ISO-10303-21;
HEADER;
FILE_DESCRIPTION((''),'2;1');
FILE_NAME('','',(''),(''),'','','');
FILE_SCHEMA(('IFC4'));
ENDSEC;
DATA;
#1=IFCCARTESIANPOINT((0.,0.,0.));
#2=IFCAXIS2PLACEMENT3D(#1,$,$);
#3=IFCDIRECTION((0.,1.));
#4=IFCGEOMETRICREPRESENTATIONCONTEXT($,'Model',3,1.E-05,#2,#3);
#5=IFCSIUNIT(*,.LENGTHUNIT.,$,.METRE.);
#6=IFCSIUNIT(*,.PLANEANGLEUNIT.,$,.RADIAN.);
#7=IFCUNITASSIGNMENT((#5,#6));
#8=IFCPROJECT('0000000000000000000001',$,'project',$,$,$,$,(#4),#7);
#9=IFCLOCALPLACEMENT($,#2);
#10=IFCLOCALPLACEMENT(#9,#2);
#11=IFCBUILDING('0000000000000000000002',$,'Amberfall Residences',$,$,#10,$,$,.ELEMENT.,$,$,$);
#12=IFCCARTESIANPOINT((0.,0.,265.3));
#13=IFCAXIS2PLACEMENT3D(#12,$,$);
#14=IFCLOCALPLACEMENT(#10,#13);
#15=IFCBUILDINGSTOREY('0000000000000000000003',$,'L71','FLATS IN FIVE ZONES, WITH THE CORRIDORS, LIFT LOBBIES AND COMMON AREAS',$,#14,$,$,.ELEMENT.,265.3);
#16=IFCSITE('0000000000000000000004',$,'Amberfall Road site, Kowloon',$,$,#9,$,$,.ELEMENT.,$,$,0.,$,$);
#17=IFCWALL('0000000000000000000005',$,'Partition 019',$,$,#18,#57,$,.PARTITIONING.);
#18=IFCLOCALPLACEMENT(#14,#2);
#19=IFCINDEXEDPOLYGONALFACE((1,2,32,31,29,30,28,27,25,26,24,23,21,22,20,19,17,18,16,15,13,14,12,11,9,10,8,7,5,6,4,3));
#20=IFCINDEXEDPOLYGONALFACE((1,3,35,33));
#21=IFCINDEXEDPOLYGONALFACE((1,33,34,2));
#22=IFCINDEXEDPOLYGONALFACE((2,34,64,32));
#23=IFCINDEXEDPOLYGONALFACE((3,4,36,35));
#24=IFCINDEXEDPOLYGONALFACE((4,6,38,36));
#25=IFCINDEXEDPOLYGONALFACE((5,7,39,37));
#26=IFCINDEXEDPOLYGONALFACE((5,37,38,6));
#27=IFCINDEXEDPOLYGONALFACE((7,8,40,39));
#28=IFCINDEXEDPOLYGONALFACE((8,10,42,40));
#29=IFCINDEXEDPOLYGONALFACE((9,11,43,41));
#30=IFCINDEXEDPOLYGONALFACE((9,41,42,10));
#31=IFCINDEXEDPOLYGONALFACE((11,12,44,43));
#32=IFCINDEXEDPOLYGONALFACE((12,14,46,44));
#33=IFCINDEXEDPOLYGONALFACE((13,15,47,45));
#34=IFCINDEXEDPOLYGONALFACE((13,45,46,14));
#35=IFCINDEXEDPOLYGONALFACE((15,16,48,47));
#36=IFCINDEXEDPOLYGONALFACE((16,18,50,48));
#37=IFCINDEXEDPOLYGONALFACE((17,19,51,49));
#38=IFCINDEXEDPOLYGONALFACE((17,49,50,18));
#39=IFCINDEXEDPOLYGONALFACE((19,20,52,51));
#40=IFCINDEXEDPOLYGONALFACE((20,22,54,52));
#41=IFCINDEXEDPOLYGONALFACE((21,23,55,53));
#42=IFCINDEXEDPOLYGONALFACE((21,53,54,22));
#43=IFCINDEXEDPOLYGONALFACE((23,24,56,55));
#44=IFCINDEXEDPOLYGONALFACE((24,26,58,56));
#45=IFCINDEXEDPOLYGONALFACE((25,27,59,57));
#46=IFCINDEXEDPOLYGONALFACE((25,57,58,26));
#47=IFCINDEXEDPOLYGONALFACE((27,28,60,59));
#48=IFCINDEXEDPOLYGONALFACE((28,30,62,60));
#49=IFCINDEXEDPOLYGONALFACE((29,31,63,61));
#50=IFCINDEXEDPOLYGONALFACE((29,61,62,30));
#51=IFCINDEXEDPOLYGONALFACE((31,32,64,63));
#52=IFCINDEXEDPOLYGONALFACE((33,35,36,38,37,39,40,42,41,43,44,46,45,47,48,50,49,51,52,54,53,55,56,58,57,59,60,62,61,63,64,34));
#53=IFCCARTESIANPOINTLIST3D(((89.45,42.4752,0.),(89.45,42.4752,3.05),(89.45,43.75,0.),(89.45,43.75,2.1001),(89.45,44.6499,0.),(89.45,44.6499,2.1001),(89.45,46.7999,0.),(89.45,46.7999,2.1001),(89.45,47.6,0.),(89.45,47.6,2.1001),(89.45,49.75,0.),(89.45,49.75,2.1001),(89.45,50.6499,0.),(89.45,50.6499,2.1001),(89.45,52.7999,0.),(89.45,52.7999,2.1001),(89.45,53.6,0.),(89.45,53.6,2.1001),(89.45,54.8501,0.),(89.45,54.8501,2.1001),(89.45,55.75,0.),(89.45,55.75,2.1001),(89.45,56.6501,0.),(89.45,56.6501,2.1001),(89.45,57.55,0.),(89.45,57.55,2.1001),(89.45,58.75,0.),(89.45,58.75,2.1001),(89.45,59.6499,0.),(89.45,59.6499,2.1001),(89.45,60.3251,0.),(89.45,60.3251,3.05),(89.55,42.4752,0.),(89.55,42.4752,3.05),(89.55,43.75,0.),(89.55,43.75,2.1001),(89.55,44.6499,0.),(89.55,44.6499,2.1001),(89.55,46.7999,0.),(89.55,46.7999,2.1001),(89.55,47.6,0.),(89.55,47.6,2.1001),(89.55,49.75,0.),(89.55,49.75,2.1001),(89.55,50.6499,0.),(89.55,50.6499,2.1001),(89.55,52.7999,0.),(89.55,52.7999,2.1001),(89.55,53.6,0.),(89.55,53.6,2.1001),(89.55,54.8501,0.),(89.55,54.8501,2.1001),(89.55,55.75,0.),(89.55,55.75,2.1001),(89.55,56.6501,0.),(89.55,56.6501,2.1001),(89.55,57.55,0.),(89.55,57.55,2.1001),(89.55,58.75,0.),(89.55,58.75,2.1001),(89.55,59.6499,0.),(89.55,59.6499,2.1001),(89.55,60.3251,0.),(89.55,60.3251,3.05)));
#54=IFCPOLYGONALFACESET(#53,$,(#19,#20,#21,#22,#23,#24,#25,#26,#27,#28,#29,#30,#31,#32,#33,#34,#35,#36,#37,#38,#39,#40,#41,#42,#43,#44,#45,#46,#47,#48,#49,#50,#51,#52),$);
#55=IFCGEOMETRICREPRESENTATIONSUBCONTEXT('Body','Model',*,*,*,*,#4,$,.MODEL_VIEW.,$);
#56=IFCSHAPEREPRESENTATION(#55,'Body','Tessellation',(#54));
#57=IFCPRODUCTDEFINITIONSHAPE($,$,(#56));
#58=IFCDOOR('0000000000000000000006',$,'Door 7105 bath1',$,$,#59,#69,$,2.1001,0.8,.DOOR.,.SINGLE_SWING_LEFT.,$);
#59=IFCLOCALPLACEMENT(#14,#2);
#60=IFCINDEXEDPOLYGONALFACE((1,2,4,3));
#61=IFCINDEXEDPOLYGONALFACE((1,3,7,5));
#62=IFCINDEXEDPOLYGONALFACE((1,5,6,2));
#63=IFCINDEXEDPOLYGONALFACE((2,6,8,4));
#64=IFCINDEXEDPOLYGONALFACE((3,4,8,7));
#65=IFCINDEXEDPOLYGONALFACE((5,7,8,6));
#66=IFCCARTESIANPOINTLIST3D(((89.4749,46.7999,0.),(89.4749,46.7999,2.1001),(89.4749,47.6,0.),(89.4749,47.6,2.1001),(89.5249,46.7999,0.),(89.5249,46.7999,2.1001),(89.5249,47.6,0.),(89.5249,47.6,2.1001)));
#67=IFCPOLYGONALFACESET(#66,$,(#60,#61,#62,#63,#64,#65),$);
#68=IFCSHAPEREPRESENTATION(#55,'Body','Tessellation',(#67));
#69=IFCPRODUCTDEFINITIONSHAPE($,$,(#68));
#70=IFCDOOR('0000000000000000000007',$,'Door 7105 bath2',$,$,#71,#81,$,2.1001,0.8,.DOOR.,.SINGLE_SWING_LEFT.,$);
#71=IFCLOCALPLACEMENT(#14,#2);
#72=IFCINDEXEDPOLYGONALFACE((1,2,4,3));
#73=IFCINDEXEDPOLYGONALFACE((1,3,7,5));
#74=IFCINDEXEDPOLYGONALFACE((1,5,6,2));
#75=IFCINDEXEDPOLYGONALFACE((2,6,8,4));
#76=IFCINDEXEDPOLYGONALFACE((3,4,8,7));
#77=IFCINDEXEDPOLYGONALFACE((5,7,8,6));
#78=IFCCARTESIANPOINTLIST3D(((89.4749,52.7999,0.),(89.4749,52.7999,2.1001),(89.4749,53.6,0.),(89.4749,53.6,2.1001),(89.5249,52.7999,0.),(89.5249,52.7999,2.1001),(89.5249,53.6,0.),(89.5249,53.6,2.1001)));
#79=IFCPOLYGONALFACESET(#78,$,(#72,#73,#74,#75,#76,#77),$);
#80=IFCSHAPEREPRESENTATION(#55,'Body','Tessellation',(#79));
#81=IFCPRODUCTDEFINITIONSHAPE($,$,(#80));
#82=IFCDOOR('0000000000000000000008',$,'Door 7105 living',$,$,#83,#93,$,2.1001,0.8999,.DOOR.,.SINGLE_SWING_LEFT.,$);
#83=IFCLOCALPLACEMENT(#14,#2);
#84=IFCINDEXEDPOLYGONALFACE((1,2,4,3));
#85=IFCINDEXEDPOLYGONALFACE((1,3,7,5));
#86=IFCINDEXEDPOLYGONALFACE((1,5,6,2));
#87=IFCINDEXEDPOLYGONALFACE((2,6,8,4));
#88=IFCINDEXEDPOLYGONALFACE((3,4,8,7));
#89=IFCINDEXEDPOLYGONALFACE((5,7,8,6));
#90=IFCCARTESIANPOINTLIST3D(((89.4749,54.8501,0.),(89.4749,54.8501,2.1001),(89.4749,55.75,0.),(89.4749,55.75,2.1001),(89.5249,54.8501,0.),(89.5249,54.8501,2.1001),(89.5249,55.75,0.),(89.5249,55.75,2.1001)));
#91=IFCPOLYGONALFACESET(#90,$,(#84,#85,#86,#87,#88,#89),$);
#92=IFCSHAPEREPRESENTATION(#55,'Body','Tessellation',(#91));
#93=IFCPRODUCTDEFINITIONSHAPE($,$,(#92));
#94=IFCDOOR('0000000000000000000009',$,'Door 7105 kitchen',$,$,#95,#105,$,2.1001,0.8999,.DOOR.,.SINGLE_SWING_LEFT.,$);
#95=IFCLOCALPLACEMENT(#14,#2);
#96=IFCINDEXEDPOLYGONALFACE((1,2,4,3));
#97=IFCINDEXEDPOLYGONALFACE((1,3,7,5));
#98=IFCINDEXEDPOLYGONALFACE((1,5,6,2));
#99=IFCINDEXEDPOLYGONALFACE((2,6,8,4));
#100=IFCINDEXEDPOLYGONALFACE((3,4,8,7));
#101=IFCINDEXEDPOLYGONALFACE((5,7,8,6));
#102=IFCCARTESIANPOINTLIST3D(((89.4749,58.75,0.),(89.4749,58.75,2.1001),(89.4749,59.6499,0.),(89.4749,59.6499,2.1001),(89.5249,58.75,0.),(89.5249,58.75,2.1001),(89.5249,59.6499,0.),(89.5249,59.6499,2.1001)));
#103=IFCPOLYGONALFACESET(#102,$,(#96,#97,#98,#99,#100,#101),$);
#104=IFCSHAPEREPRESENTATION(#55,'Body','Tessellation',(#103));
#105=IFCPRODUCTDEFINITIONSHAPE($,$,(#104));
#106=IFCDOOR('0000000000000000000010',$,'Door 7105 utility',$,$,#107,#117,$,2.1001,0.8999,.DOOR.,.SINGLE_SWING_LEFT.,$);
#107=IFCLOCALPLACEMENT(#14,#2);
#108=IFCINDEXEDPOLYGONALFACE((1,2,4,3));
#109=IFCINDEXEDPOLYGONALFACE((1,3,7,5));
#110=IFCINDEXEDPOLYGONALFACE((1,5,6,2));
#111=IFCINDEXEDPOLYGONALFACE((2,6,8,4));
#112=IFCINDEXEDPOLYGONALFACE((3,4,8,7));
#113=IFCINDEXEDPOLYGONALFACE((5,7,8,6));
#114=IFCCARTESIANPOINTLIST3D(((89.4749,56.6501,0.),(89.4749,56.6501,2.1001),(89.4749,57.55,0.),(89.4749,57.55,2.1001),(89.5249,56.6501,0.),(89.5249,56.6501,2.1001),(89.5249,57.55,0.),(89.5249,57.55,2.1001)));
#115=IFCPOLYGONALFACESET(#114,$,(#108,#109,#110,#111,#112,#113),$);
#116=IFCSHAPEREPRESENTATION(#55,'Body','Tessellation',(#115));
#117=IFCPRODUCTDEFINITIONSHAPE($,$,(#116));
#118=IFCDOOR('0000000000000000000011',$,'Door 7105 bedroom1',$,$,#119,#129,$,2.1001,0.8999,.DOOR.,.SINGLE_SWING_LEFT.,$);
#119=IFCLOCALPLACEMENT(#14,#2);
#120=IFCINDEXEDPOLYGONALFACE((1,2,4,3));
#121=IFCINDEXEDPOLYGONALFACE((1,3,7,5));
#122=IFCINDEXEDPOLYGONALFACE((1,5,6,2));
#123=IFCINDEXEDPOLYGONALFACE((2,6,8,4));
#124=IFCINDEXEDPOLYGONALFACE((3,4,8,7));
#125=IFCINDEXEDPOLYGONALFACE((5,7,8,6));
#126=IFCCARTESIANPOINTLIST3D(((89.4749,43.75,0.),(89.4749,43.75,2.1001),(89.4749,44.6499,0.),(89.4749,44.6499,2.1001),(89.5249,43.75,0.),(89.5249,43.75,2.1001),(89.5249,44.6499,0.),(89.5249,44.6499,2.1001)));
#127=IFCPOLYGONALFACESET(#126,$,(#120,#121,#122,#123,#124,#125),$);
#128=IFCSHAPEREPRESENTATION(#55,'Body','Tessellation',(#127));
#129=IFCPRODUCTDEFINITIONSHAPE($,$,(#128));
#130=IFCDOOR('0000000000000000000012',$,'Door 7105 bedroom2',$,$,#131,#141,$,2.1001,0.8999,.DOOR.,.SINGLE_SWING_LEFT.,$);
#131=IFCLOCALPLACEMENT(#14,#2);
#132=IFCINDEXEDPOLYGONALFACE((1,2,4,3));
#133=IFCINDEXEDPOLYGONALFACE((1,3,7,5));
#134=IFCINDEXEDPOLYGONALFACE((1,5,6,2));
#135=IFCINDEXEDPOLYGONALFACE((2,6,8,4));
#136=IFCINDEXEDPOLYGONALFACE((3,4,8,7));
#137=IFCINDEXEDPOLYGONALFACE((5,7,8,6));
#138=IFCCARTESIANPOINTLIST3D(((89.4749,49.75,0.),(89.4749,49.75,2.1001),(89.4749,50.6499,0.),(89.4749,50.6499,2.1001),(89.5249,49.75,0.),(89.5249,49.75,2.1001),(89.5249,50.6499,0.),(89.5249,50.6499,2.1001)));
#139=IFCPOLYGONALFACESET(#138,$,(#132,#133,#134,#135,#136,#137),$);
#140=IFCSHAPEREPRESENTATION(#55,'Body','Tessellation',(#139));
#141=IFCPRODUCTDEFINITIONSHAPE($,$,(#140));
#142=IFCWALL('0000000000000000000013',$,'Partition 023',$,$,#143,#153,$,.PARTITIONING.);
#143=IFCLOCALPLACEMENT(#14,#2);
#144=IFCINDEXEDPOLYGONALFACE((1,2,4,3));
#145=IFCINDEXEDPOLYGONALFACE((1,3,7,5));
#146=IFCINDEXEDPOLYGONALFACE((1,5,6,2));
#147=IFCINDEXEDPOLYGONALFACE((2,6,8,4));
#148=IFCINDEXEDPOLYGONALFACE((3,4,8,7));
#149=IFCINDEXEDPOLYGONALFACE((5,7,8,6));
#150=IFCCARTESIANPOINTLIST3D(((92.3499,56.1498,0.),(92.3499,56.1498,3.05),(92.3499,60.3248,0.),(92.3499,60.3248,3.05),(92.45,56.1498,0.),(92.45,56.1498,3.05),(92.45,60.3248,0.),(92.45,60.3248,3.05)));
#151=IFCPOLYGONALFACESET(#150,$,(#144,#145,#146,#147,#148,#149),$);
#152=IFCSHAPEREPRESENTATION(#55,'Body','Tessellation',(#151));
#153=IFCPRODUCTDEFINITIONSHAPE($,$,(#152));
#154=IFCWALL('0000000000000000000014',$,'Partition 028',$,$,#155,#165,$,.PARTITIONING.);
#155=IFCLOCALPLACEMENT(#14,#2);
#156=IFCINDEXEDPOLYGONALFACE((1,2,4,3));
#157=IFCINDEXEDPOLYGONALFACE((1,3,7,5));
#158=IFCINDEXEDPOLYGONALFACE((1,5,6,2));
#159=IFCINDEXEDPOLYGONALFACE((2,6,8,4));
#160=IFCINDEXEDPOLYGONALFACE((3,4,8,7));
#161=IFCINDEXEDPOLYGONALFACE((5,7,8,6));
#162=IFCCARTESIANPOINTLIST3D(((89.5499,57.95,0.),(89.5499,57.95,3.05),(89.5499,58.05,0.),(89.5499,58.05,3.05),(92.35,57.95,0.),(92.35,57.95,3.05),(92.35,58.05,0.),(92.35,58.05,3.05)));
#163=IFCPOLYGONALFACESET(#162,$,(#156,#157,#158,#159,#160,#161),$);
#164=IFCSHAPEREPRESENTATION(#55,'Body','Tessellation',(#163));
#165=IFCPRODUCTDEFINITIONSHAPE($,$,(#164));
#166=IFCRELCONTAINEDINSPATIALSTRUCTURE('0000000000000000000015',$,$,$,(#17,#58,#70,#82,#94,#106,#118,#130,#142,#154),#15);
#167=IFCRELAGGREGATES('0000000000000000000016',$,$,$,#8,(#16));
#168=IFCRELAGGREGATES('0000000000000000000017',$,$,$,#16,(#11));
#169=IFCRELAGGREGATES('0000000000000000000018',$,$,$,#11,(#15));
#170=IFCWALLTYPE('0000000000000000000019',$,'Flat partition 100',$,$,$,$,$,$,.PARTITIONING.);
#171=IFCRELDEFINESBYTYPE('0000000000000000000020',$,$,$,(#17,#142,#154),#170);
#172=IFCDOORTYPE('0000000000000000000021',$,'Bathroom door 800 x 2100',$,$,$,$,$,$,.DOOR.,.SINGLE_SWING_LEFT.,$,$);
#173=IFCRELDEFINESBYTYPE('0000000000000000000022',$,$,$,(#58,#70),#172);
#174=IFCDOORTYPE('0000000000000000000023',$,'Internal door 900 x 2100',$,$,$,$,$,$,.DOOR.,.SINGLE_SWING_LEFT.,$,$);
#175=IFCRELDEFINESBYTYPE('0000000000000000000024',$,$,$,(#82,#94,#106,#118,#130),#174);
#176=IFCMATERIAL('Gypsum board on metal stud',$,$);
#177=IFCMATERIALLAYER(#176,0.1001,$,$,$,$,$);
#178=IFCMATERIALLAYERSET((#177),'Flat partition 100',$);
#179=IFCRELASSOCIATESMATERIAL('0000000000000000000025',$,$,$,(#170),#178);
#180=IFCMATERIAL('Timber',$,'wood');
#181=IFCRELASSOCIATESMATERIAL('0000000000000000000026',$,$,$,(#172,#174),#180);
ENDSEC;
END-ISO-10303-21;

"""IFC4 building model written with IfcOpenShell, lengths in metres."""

from ifc_helpers import new_model, si_unit, direction, frame, frame_2d, origin, place, context, subcontext, project, spatial, rectangle, extrude, material, layer, layer_set, type_object, element, fill, save


model = new_model("IFC4")

# Units and contexts
model_context = context("Model", 3, precision=1e-05, world=origin(), true_north=direction((0.0, 1.0)))
body_context = subcontext(model_context, "Body", "Model", "MODEL_VIEW")
ifc_project = project(units=[si_unit("LENGTHUNIT", "METRE"), si_unit("PLANEANGLEUNIT", "RADIAN")], contexts=[model_context])

# Site, building, storey
site_placement = place(None, origin())
site = spatial("IfcSite", under=ifc_project, at=site_placement, Name="Amberfall Road site, Kowloon", CompositionType="ELEMENT", RefElevation=0.0)
building_placement = place(site_placement, origin())
building = spatial("IfcBuilding", under=site, at=building_placement, Name="Amberfall Residences", CompositionType="ELEMENT")
storey_placement = place(building_placement, frame((0.0, 0.0, 265.3)))
storey = spatial("IfcBuildingStorey", under=building, at=storey_placement, Name="L71", Description="FLATS IN FIVE ZONES, WITH THE CORRIDORS, LIFT LOBBIES AND COMMON AREAS", CompositionType="ELEMENT", Elevation=265.3)

# Wall, openings, doors
ifc_material_1 = material(Name="Gypsum board on metal stud")
ifc_layer_1 = layer(ifc_material_1, 0.1001)
ifc_layer_set_1 = layer_set([ifc_layer_1], Name="Flat partition 100")
wall_type_1 = type_object("IfcWallType", Name="Flat partition 100", PredefinedType="PARTITIONING", material=ifc_layer_set_1)
wall_1_placement = place(storey_placement, frame((89.5, 60.325, 0.0), z_axis=(0.0, 0.0, 1.0), x_axis=(0.0, -1.0, 0.0)))
wall_1 = element("IfcWall", 1, at=wall_1_placement, inside=storey, type_object=wall_type_1, Name="Partition 019", PredefinedType="PARTITIONING", context=body_context, shape_type="SweptSolid", body=[
    extrude(rectangle(XDim=17.8499, YDim=0.1001, at=frame_2d((8.9248, 0.0))), origin(), (0.0, 0.0, 1.0), 3.05),
])
opening_1_placement = place(wall_1_placement, frame((4.575, 0.0, 0.0)))
opening_1 = element("IfcOpeningElement", 2, at=opening_1_placement, cuts=wall_1, PredefinedType="OPENING", context=body_context, shape_type="SweptSolid", body=[
    extrude(rectangle(XDim=0.8999, YDim=2.1001, at=frame_2d((0.45, 1.05))), frame((0.0, 0.0601, 0.0), z_axis=(0.0, -1.0, 0.0), x_axis=(1.0, 0.0, 0.0)), (0.0, 0.0, 1.0), 0.1201),
])
opening_2_placement = place(wall_1_placement, frame((0.675, 0.0, 0.0)))
opening_2 = element("IfcOpeningElement", 3, at=opening_2_placement, cuts=wall_1, PredefinedType="OPENING", context=body_context, shape_type="SweptSolid", body=[
    extrude(rectangle(XDim=0.8999, YDim=2.1001, at=frame_2d((0.45, 1.05))), frame((0.0, 0.0601, 0.0), z_axis=(0.0, -1.0, 0.0), x_axis=(1.0, 0.0, 0.0)), (0.0, 0.0, 1.0), 0.1201),
])
opening_3_placement = place(wall_1_placement, frame((2.7749, 0.0, 0.0)))
opening_3 = element("IfcOpeningElement", 4, at=opening_3_placement, cuts=wall_1, PredefinedType="OPENING", context=body_context, shape_type="SweptSolid", body=[
    extrude(rectangle(XDim=0.8999, YDim=2.1001, at=frame_2d((0.45, 1.05))), frame((0.0, 0.0601, 0.0), z_axis=(0.0, -1.0, 0.0), x_axis=(1.0, 0.0, 0.0)), (0.0, 0.0, 1.0), 0.1201),
])
opening_4_placement = place(wall_1_placement, frame((15.675, 0.0, 0.0)))
opening_4 = element("IfcOpeningElement", 5, at=opening_4_placement, cuts=wall_1, PredefinedType="OPENING", context=body_context, shape_type="SweptSolid", body=[
    extrude(rectangle(XDim=0.8999, YDim=2.1001, at=frame_2d((0.45, 1.05))), frame((0.0, 0.0601, 0.0), z_axis=(0.0, -1.0, 0.0), x_axis=(1.0, 0.0, 0.0)), (0.0, 0.0, 1.0), 0.1201),
])
opening_5_placement = place(wall_1_placement, frame((9.675, 0.0, 0.0)))
opening_5 = element("IfcOpeningElement", 6, at=opening_5_placement, cuts=wall_1, PredefinedType="OPENING", context=body_context, shape_type="SweptSolid", body=[
    extrude(rectangle(XDim=0.8999, YDim=2.1001, at=frame_2d((0.45, 1.05))), frame((0.0, 0.0601, 0.0), z_axis=(0.0, -1.0, 0.0), x_axis=(1.0, 0.0, 0.0)), (0.0, 0.0, 1.0), 0.1201),
])
opening_6_placement = place(wall_1_placement, frame((12.7251, 0.0, 0.0)))
opening_6 = element("IfcOpeningElement", 7, at=opening_6_placement, cuts=wall_1, PredefinedType="OPENING", context=body_context, shape_type="SweptSolid", body=[
    extrude(rectangle(XDim=0.8, YDim=2.1001, at=frame_2d((0.3999, 1.05))), frame((0.0, 0.0601, 0.0), z_axis=(0.0, -1.0, 0.0), x_axis=(1.0, 0.0, 0.0)), (0.0, 0.0, 1.0), 0.1201),
])
opening_7_placement = place(wall_1_placement, frame((6.7251, 0.0, 0.0)))
opening_7 = element("IfcOpeningElement", 8, at=opening_7_placement, cuts=wall_1, PredefinedType="OPENING", context=body_context, shape_type="SweptSolid", body=[
    extrude(rectangle(XDim=0.8, YDim=2.1001, at=frame_2d((0.3999, 1.05))), frame((0.0, 0.0601, 0.0), z_axis=(0.0, -1.0, 0.0), x_axis=(1.0, 0.0, 0.0)), (0.0, 0.0, 1.0), 0.1201),
])
ifc_material_2 = material(Name="Timber", Category="wood")
door_type_1 = type_object("IfcDoorType", Name="Bathroom door 800 x 2100", OperationType="SINGLE_SWING_LEFT", PredefinedType="DOOR", material=ifc_material_2)
door_1_placement = place(opening_6_placement, origin())
door_1 = element("IfcDoor", 9, at=door_1_placement, inside=storey, type_object=door_type_1, Name="Door 7105 bath1", OperationType="SINGLE_SWING_LEFT", OverallHeight=2.1001, OverallWidth=0.8, PredefinedType="DOOR", context=body_context, shape_type="SweptSolid", body=[
    extrude(rectangle(XDim=0.8, YDim=2.1001, at=frame_2d((0.3999, 1.05))), frame((0.0, 0.0249, 0.0), z_axis=(0.0, -1.0, 0.0), x_axis=(1.0, 0.0, 0.0)), (0.0, 0.0, 1.0), 0.05),
])
fill(opening_6, door_1)
door_2_placement = place(opening_7_placement, origin())
door_2 = element("IfcDoor", 10, at=door_2_placement, inside=storey, type_object=door_type_1, Name="Door 7105 bath2", OperationType="SINGLE_SWING_LEFT", OverallHeight=2.1001, OverallWidth=0.8, PredefinedType="DOOR", context=body_context, shape_type="SweptSolid", body=[
    extrude(rectangle(XDim=0.8, YDim=2.1001, at=frame_2d((0.3999, 1.05))), frame((0.0, 0.0249, 0.0), z_axis=(0.0, -1.0, 0.0), x_axis=(1.0, 0.0, 0.0)), (0.0, 0.0, 1.0), 0.05),
])
fill(opening_7, door_2)
door_type_2 = type_object("IfcDoorType", Name="Internal door 900 x 2100", OperationType="SINGLE_SWING_LEFT", PredefinedType="DOOR", material=ifc_material_2)
door_3_placement = place(opening_1_placement, origin())
door_3 = element("IfcDoor", 11, at=door_3_placement, inside=storey, type_object=door_type_2, Name="Door 7105 living", OperationType="SINGLE_SWING_LEFT", OverallHeight=2.1001, OverallWidth=0.8999, PredefinedType="DOOR", context=body_context, shape_type="SweptSolid", body=[
    extrude(rectangle(XDim=0.8999, YDim=2.1001, at=frame_2d((0.45, 1.05))), frame((0.0, 0.0249, 0.0), z_axis=(0.0, -1.0, 0.0), x_axis=(1.0, 0.0, 0.0)), (0.0, 0.0, 1.0), 0.05),
])
fill(opening_1, door_3)
door_4_placement = place(opening_2_placement, origin())
door_4 = element("IfcDoor", 12, at=door_4_placement, inside=storey, type_object=door_type_2, Name="Door 7105 kitchen", OperationType="SINGLE_SWING_LEFT", OverallHeight=2.1001, OverallWidth=0.8999, PredefinedType="DOOR", context=body_context, shape_type="SweptSolid", body=[
    extrude(rectangle(XDim=0.8999, YDim=2.1001, at=frame_2d((0.45, 1.05))), frame((0.0, 0.0249, 0.0), z_axis=(0.0, -1.0, 0.0), x_axis=(1.0, 0.0, 0.0)), (0.0, 0.0, 1.0), 0.05),
])
fill(opening_2, door_4)
door_5_placement = place(opening_3_placement, origin())
door_5 = element("IfcDoor", 13, at=door_5_placement, inside=storey, type_object=door_type_2, Name="Door 7105 utility", OperationType="SINGLE_SWING_LEFT", OverallHeight=2.1001, OverallWidth=0.8999, PredefinedType="DOOR", context=body_context, shape_type="SweptSolid", body=[
    extrude(rectangle(XDim=0.8999, YDim=2.1001, at=frame_2d((0.45, 1.05))), frame((0.0, 0.0249, 0.0), z_axis=(0.0, -1.0, 0.0), x_axis=(1.0, 0.0, 0.0)), (0.0, 0.0, 1.0), 0.05),
])
fill(opening_3, door_5)
door_6_placement = place(opening_4_placement, origin())
door_6 = element("IfcDoor", 14, at=door_6_placement, inside=storey, type_object=door_type_2, Name="Door 7105 bedroom1", OperationType="SINGLE_SWING_LEFT", OverallHeight=2.1001, OverallWidth=0.8999, PredefinedType="DOOR", context=body_context, shape_type="SweptSolid", body=[
    extrude(rectangle(XDim=0.8999, YDim=2.1001, at=frame_2d((0.45, 1.05))), frame((0.0, 0.0249, 0.0), z_axis=(0.0, -1.0, 0.0), x_axis=(1.0, 0.0, 0.0)), (0.0, 0.0, 1.0), 0.05),
])
fill(opening_4, door_6)
door_7_placement = place(opening_5_placement, origin())
door_7 = element("IfcDoor", 15, at=door_7_placement, inside=storey, type_object=door_type_2, Name="Door 7105 bedroom2", OperationType="SINGLE_SWING_LEFT", OverallHeight=2.1001, OverallWidth=0.8999, PredefinedType="DOOR", context=body_context, shape_type="SweptSolid", body=[
    extrude(rectangle(XDim=0.8999, YDim=2.1001, at=frame_2d((0.45, 1.05))), frame((0.0, 0.0249, 0.0), z_axis=(0.0, -1.0, 0.0), x_axis=(1.0, 0.0, 0.0)), (0.0, 0.0, 1.0), 0.05),
])
fill(opening_5, door_7)

# Walls
wall_2_placement = place(storey_placement, frame((92.3999, 56.1499, 0.0), z_axis=(0.0, 0.0, 1.0), x_axis=(0.0, 1.0, 0.0)))
element("IfcWall", 16, at=wall_2_placement, inside=storey, type_object=wall_type_1, Name="Partition 023", PredefinedType="PARTITIONING", context=body_context, shape_type="SweptSolid", body=[
    extrude(rectangle(XDim=4.175, YDim=0.1001, at=frame_2d((2.0874, 0.0))), origin(), (0.0, 0.0, 1.0), 3.05),
])
for number, where, z_axis, x_axis, name in (
    (17, (89.55, 58.0, 0.0), (0.0, 0.0, 1.0), (1.0, 0.0, 0.0), "Partition 028"),
):
    element("IfcWall", number, at=place(storey_placement, frame(where, z_axis=z_axis, x_axis=x_axis)), inside=storey, type_object=wall_type_1, Name=name, PredefinedType="PARTITIONING", context=body_context, shape_type="SweptSolid", body=[
        extrude(rectangle(XDim=2.8, YDim=0.1001, at=frame_2d((1.3999, 0.0))), origin(), (0.0, 0.0, 1.0), 3.05),
    ])

save(model, "model.ifc")
